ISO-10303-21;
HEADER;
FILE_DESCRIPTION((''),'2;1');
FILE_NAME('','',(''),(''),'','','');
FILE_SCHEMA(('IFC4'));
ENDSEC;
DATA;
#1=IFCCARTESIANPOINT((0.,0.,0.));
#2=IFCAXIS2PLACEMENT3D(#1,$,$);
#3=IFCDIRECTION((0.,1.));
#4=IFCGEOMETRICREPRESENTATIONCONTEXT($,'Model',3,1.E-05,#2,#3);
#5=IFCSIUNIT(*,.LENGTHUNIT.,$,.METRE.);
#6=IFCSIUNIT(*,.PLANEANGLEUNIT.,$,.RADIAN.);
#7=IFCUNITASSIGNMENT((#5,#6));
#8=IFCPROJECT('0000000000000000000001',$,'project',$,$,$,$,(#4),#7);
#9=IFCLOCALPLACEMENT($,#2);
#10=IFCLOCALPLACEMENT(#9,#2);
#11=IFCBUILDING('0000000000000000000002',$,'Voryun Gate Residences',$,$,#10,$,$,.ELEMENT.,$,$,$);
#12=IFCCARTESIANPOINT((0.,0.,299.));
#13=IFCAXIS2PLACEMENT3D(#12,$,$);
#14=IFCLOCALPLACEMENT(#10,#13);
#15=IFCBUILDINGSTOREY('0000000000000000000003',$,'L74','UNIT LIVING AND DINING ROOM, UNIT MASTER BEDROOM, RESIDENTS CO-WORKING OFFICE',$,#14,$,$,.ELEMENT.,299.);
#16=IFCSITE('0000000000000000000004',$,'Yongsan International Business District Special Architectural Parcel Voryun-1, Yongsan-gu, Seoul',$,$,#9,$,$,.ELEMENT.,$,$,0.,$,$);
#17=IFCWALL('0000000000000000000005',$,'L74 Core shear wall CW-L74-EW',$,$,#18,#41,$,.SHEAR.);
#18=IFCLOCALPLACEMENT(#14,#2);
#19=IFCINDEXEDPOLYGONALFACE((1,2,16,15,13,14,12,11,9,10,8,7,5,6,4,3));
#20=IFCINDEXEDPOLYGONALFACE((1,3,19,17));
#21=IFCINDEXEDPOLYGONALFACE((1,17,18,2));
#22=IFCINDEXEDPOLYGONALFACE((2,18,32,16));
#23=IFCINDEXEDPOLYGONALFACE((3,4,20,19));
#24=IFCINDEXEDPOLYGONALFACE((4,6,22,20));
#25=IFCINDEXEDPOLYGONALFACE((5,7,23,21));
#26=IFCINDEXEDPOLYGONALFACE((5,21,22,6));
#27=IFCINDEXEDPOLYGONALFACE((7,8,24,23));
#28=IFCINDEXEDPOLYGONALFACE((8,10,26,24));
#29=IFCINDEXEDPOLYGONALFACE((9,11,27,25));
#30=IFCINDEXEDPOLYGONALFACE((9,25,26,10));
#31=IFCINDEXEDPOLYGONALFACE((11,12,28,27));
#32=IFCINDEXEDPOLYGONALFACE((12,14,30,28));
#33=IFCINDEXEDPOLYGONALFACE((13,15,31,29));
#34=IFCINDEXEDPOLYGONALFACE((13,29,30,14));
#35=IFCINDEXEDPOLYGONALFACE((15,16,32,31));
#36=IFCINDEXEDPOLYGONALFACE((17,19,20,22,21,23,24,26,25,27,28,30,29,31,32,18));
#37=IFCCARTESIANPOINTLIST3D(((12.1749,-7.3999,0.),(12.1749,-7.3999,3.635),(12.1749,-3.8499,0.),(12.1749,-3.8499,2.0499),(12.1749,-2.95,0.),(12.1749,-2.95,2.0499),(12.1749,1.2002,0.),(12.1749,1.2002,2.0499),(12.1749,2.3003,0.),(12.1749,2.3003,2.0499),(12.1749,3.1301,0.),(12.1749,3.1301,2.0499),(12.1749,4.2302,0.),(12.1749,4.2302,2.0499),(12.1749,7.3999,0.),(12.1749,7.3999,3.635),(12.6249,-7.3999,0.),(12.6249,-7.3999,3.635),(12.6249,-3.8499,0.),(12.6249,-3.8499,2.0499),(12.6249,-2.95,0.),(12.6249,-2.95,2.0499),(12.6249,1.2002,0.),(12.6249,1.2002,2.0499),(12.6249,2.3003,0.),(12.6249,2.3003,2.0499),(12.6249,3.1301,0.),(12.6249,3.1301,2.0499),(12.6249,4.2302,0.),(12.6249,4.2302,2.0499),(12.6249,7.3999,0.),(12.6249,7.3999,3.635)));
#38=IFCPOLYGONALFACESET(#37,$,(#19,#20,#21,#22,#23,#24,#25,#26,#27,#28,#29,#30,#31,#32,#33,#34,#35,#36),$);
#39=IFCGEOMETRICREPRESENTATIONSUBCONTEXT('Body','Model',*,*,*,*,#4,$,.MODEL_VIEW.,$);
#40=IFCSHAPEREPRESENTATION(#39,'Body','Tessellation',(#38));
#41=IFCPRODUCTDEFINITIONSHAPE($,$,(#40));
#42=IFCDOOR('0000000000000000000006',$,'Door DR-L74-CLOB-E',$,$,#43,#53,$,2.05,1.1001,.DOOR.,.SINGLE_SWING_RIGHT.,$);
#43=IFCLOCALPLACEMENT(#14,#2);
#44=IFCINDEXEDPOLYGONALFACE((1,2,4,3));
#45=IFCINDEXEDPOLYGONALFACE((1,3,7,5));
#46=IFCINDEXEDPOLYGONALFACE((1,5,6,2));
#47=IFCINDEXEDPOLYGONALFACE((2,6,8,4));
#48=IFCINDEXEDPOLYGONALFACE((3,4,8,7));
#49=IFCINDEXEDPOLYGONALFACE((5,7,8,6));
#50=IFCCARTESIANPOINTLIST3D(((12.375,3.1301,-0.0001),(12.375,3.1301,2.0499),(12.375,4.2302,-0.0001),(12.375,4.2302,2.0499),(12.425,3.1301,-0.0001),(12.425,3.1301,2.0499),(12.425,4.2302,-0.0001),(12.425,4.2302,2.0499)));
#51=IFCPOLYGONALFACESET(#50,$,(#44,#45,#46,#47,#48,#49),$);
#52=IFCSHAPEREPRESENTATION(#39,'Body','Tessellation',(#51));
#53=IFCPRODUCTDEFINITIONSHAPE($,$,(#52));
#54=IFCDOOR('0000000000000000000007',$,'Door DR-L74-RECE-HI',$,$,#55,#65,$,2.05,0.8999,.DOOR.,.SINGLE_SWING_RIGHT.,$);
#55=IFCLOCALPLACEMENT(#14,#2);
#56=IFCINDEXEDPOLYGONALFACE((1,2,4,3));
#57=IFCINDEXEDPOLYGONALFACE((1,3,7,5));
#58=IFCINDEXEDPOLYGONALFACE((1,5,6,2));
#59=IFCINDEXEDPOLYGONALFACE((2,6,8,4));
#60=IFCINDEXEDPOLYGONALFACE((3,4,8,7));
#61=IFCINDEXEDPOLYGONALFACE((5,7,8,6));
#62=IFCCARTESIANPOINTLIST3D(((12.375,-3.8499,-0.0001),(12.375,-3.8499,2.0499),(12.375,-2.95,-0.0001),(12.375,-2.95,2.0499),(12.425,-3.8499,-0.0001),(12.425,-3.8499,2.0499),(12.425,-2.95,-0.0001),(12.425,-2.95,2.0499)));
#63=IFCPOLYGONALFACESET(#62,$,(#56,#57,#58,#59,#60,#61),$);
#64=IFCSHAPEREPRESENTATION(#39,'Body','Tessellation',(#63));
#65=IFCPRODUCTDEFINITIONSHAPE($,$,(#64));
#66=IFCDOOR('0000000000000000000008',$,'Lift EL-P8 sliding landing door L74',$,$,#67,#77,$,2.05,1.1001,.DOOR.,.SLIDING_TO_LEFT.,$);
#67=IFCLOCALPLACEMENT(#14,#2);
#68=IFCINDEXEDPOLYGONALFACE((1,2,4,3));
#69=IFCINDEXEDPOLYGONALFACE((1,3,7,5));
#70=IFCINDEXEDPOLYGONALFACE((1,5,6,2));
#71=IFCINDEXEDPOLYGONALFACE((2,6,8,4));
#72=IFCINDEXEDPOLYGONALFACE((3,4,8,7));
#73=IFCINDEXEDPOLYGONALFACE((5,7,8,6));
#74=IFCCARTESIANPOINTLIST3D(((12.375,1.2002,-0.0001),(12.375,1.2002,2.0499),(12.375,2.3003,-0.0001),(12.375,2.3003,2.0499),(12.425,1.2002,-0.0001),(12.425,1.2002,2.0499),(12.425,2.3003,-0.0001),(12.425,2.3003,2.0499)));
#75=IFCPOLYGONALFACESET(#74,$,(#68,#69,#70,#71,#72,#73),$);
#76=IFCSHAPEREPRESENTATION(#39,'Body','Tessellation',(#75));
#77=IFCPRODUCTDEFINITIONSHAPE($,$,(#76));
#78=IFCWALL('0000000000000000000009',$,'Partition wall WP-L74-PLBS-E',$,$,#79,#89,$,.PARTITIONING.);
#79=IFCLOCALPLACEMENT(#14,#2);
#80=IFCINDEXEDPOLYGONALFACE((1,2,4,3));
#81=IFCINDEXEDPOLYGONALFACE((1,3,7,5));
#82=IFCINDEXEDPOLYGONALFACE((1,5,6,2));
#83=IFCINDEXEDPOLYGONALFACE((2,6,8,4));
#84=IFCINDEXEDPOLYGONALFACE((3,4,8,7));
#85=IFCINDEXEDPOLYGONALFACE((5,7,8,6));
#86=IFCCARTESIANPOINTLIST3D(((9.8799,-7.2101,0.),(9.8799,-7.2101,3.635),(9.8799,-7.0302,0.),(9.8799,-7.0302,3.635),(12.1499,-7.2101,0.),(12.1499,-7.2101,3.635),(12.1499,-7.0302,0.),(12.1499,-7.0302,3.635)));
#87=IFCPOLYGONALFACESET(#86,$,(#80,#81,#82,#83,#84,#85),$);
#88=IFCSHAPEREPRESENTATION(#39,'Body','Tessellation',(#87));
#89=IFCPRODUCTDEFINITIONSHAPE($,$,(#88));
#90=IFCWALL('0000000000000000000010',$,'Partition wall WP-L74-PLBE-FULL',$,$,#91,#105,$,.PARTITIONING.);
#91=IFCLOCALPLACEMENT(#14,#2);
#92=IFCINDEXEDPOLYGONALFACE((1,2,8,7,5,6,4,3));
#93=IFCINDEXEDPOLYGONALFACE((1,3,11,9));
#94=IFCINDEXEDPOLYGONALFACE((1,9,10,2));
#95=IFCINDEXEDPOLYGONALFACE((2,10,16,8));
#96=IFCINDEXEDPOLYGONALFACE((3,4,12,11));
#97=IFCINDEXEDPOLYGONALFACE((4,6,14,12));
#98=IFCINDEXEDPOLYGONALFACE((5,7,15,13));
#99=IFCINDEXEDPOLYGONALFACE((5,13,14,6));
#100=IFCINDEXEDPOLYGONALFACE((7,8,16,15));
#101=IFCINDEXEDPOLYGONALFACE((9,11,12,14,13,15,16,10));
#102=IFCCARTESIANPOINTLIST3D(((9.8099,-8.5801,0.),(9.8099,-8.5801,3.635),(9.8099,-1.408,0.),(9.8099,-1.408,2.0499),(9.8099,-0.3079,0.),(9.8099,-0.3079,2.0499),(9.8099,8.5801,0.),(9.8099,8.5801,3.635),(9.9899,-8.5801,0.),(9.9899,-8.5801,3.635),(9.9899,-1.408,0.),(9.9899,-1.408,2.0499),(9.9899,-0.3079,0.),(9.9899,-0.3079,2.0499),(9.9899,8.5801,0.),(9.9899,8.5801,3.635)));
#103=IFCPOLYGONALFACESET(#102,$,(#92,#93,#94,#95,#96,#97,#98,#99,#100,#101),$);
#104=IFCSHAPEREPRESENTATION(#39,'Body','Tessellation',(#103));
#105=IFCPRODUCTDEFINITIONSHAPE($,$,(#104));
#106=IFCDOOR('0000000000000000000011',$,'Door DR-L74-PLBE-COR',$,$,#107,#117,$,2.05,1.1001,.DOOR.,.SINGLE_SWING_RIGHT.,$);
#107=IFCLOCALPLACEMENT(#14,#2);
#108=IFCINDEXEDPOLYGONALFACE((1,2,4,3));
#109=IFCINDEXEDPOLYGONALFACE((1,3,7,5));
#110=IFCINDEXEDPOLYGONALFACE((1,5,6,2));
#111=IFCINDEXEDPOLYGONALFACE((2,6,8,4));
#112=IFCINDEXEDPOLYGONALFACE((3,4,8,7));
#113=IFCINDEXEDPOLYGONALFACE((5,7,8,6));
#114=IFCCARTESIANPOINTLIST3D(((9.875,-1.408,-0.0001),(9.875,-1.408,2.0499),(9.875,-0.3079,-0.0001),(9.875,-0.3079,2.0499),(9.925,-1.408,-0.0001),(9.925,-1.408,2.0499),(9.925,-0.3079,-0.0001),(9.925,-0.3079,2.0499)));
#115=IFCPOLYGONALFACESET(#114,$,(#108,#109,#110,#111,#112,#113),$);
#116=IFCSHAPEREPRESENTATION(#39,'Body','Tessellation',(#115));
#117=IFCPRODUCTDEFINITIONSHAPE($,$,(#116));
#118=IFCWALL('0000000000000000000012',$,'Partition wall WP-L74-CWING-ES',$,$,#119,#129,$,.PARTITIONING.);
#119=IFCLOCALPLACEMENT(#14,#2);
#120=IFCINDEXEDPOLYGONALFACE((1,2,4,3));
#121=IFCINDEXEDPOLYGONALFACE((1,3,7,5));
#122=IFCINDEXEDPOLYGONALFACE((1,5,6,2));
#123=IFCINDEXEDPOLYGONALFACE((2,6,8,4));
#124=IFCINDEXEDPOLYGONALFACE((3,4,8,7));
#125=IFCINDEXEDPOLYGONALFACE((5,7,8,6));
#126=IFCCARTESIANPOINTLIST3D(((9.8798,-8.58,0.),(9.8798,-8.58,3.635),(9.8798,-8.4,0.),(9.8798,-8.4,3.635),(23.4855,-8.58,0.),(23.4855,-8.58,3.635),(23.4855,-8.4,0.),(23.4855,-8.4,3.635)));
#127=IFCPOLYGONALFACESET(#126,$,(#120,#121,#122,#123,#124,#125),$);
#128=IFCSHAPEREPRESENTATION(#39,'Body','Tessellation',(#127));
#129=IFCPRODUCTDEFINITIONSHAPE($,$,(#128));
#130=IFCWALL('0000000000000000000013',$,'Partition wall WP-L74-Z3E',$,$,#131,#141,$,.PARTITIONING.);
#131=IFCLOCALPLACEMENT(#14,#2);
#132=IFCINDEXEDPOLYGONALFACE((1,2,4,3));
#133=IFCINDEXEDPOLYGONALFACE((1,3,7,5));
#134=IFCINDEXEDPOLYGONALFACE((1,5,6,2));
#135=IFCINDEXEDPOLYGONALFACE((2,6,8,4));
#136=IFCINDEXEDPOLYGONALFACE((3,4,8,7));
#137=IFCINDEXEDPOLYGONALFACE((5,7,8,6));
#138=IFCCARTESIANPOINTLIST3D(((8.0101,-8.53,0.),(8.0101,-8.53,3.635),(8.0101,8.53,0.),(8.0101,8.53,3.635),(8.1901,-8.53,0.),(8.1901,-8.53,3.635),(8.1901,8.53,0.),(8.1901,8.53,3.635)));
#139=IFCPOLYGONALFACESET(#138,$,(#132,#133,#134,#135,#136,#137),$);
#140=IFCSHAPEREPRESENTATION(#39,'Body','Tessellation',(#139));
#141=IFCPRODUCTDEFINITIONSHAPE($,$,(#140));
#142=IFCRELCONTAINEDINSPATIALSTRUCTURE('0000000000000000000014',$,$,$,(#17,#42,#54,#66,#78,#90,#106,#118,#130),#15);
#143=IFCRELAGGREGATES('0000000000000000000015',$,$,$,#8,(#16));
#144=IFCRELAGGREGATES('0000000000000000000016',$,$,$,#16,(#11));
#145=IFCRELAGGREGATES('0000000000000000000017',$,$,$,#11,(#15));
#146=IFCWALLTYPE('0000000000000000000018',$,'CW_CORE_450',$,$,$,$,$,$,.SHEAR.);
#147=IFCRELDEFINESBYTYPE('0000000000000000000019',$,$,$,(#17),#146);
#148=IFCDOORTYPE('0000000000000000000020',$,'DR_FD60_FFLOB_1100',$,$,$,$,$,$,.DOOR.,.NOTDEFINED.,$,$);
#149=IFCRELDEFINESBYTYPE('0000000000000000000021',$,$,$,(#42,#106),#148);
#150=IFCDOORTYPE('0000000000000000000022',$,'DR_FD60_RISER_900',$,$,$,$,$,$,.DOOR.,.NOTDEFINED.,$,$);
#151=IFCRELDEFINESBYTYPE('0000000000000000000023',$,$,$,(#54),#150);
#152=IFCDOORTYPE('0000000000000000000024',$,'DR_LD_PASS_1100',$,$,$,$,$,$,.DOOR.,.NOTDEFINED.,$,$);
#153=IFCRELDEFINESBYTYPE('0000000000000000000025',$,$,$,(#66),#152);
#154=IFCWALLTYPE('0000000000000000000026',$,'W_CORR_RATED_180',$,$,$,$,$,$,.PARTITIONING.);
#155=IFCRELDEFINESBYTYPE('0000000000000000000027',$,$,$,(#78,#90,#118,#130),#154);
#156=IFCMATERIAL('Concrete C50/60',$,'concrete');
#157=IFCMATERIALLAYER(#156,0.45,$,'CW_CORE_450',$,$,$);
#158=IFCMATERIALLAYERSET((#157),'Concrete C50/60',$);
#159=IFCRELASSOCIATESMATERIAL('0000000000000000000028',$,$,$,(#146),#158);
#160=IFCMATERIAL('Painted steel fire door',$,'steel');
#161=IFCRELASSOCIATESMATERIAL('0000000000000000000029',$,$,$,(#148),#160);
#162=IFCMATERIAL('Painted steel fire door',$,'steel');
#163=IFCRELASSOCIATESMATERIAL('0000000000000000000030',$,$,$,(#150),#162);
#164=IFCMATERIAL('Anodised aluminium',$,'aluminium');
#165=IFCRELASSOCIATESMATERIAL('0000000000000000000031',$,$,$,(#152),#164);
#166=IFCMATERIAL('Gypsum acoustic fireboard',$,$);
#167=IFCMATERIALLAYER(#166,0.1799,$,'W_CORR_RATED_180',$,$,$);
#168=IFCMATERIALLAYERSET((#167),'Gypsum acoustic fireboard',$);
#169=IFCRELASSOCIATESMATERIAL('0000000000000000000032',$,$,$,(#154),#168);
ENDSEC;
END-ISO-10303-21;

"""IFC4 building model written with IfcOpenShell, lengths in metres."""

from ifc_helpers import new_model, si_unit, direction, frame, frame_2d, origin, place, context, subcontext, project, spatial, rectangle, extrude, material, layer, layer_set, type_object, element, fill, save


model = new_model("IFC4")

# Units and contexts
model_context = context("Model", 3, precision=1e-05, world=origin(), true_north=direction((0.0, 1.0)))
body_context = subcontext(model_context, "Body", "Model", "MODEL_VIEW")
ifc_project = project(units=[si_unit("LENGTHUNIT", "METRE"), si_unit("PLANEANGLEUNIT", "RADIAN")], contexts=[model_context])

# Site, building, storey
site_placement = place(None, origin())
site = spatial("IfcSite", under=ifc_project, at=site_placement, Name="Yongsan International Business District Special Architectural Parcel Voryun-1, Yongsan-gu, Seoul", CompositionType="ELEMENT", RefElevation=0.0)
building_placement = place(site_placement, origin())
building = spatial("IfcBuilding", under=site, at=building_placement, Name="Voryun Gate Residences", CompositionType="ELEMENT")
storey_placement = place(building_placement, frame((0.0, 0.0, 299.0)))
storey = spatial("IfcBuildingStorey", under=building, at=storey_placement, Name="L74", Description="UNIT LIVING AND DINING ROOM, UNIT MASTER BEDROOM, RESIDENTS CO-WORKING OFFICE", CompositionType="ELEMENT", Elevation=299.0)

# Shared definitions
ifc_material_1 = material(Name="Concrete C50/60", Category="concrete")
ifc_layer_1 = layer(ifc_material_1, 0.45, Name="CW_CORE_450")
ifc_layer_set_1 = layer_set([ifc_layer_1], Name="Concrete C50/60")
wall_type_1 = type_object("IfcWallType", Name="CW_CORE_450", PredefinedType="SHEAR", material=ifc_layer_set_1)

# Wall, openings, doors
wall_1_placement = place(storey_placement, frame((12.3999, -7.3999, 0.0), z_axis=(0.0, 0.0, 1.0), x_axis=(0.0, 1.0, 0.0)))
wall_1 = element("IfcWall", 1, at=wall_1_placement, inside=storey, type_object=wall_type_1, Name="L74 Core shear wall CW-L74-EW", PredefinedType="SHEAR", context=body_context, shape_type="SweptSolid", body=[
    extrude(rectangle(XDim=14.7998, YDim=0.45, at=frame_2d((7.3999, 0.0))), origin(), (0.0, 0.0, 1.0), 3.635),
])
opening_1_placement = place(wall_1_placement, frame((8.6001, 0.0, 0.0)))
opening_1 = element("IfcOpeningElement", 2, at=opening_1_placement, cuts=wall_1, PredefinedType="OPENING", context=body_context, shape_type="SweptSolid", body=[
    extrude(rectangle(XDim=1.1001, YDim=2.05, at=frame_2d((0.55, 1.0249))), frame((0.0, 0.2351, 0.0), z_axis=(0.0, -1.0, 0.0), x_axis=(1.0, 0.0, 0.0)), (0.0, 0.0, 1.0), 0.47),
])
opening_2_placement = place(wall_1_placement, frame((10.53, 0.0, 0.0)))
opening_2 = element("IfcOpeningElement", 3, at=opening_2_placement, cuts=wall_1, PredefinedType="OPENING", context=body_context, shape_type="SweptSolid", body=[
    extrude(rectangle(XDim=1.1001, YDim=2.05, at=frame_2d((0.55, 1.0249))), frame((0.0, 0.2351, 0.0), z_axis=(0.0, -1.0, 0.0), x_axis=(1.0, 0.0, 0.0)), (0.0, 0.0, 1.0), 0.47),
])
opening_3_placement = place(wall_1_placement, frame((3.55, 0.0, 0.0)))
opening_3 = element("IfcOpeningElement", 4, at=opening_3_placement, cuts=wall_1, PredefinedType="OPENING", context=body_context, shape_type="SweptSolid", body=[
    extrude(rectangle(XDim=0.8999, YDim=2.05, at=frame_2d((0.45, 1.0249))), frame((0.0, 0.2351, 0.0), z_axis=(0.0, -1.0, 0.0), x_axis=(1.0, 0.0, 0.0)), (0.0, 0.0, 1.0), 0.47),
])
ifc_material_2 = material(Name="Painted steel fire door", Category="steel")
door_type_1 = type_object("IfcDoorType", Name="DR_FD60_FFLOB_1100", OperationType="NOTDEFINED", PredefinedType="DOOR", material=ifc_material_2)
door_1_placement = place(opening_2_placement, origin())
door_1 = element("IfcDoor", 5, at=door_1_placement, inside=storey, type_object=door_type_1, Name="Door DR-L74-CLOB-E", OperationType="SINGLE_SWING_RIGHT", OverallHeight=2.05, OverallWidth=1.1001, PredefinedType="DOOR", context=body_context, shape_type="SweptSolid", body=[
    extrude(rectangle(XDim=1.1001, YDim=2.05, at=frame_2d((0.55, 1.0249))), frame((0.0, 0.0249, 0.0), z_axis=(0.0, -1.0, 0.0), x_axis=(1.0, 0.0, 0.0)), (0.0, 0.0, 1.0), 0.05),
])
fill(opening_2, door_1)
ifc_material_3 = material(Name="Painted steel fire door", Category="steel")
door_type_2 = type_object("IfcDoorType", Name="DR_FD60_RISER_900", OperationType="NOTDEFINED", PredefinedType="DOOR", material=ifc_material_3)
door_2_placement = place(opening_3_placement, origin())
door_2 = element("IfcDoor", 6, at=door_2_placement, inside=storey, type_object=door_type_2, Name="Door DR-L74-RECE-HI", OperationType="SINGLE_SWING_RIGHT", OverallHeight=2.05, OverallWidth=0.8999, PredefinedType="DOOR", context=body_context, shape_type="SweptSolid", body=[
    extrude(rectangle(XDim=0.8999, YDim=2.05, at=frame_2d((0.45, 1.0249))), frame((0.0, 0.0249, 0.0), z_axis=(0.0, -1.0, 0.0), x_axis=(1.0, 0.0, 0.0)), (0.0, 0.0, 1.0), 0.05),
])
fill(opening_3, door_2)
ifc_material_4 = material(Name="Anodised aluminium", Category="aluminium")
door_type_3 = type_object("IfcDoorType", Name="DR_LD_PASS_1100", OperationType="NOTDEFINED", PredefinedType="DOOR", material=ifc_material_4)
door_3_placement = place(opening_1_placement, origin())
door_3 = element("IfcDoor", 7, at=door_3_placement, inside=storey, type_object=door_type_3, Name="Lift EL-P8 sliding landing door L74", OperationType="SLIDING_TO_LEFT", OverallHeight=2.05, OverallWidth=1.1001, PredefinedType="DOOR", context=body_context, shape_type="SweptSolid", body=[
    extrude(rectangle(XDim=1.1001, YDim=2.05, at=frame_2d((0.55, 1.0249))), frame((0.0, 0.0249, 0.0), z_axis=(0.0, -1.0, 0.0), x_axis=(1.0, 0.0, 0.0)), (0.0, 0.0, 1.0), 0.05),
])
fill(opening_1, door_3)

# Wall
ifc_material_5 = material(Name="Gypsum acoustic fireboard")
ifc_layer_2 = layer(ifc_material_5, 0.1799, Name="W_CORR_RATED_180")
ifc_layer_set_2 = layer_set([ifc_layer_2], Name="Gypsum acoustic fireboard")
wall_type_2 = type_object("IfcWallType", Name="W_CORR_RATED_180", PredefinedType="PARTITIONING", material=ifc_layer_set_2)
wall_2_placement = place(storey_placement, frame((9.8799, -7.1201, 0.0), z_axis=(0.0, 0.0, 1.0), x_axis=(1.0, 0.0, 0.0)))
element("IfcWall", 8, at=wall_2_placement, inside=storey, type_object=wall_type_2, Name="Partition wall WP-L74-PLBS-E", PredefinedType="PARTITIONING", context=body_context, shape_type="SweptSolid", body=[
    extrude(rectangle(XDim=2.27, YDim=0.1799, at=frame_2d((1.135, 0.0))), origin(), (0.0, 0.0, 1.0), 3.635),
])

# Wall, opening, door
wall_3_placement = place(storey_placement, frame((9.8999, -8.5801, 0.0), z_axis=(0.0, 0.0, 1.0), x_axis=(0.0, 1.0, 0.0)))
wall_3 = element("IfcWall", 9, at=wall_3_placement, inside=storey, type_object=wall_type_2, Name="Partition wall WP-L74-PLBE-FULL", PredefinedType="PARTITIONING", context=body_context, shape_type="SweptSolid", body=[
    extrude(rectangle(XDim=17.1602, YDim=0.1799, at=frame_2d((8.5801, 0.0))), origin(), (0.0, 0.0, 1.0), 3.635),
])
opening_4_placement = place(wall_3_placement, frame((7.1721, 0.0, 0.0)))
opening_4 = element("IfcOpeningElement", 10, at=opening_4_placement, cuts=wall_3, PredefinedType="OPENING", context=body_context, shape_type="SweptSolid", body=[
    extrude(rectangle(XDim=1.1001, YDim=2.05, at=frame_2d((0.55, 1.0249))), frame((0.0, 0.0999, 0.0), z_axis=(0.0, -1.0, 0.0), x_axis=(1.0, 0.0, 0.0)), (0.0, 0.0, 1.0), 0.2),
])
door_4_placement = place(opening_4_placement, origin())
door_4 = element("IfcDoor", 11, at=door_4_placement, inside=storey, type_object=door_type_1, Name="Door DR-L74-PLBE-COR", OperationType="SINGLE_SWING_RIGHT", OverallHeight=2.05, OverallWidth=1.1001, PredefinedType="DOOR", context=body_context, shape_type="SweptSolid", body=[
    extrude(rectangle(XDim=1.1001, YDim=2.05, at=frame_2d((0.55, 1.0249))), frame((0.0, 0.0249, 0.0), z_axis=(0.0, -1.0, 0.0), x_axis=(1.0, 0.0, 0.0)), (0.0, 0.0, 1.0), 0.05),
])
fill(opening_4, door_4)

# Walls
wall_4_placement = place(storey_placement, frame((9.8799, -8.49, 0.0), z_axis=(0.0, 0.0, 1.0), x_axis=(1.0, 0.0, 0.0)))
element("IfcWall", 12, at=wall_4_placement, inside=storey, type_object=wall_type_2, Name="Partition wall WP-L74-CWING-ES", PredefinedType="PARTITIONING", context=body_context, shape_type="SweptSolid", body=[
    extrude(rectangle(XDim=13.6057, YDim=0.1799, at=frame_2d((6.8027, 0.0))), origin(), (0.0, 0.0, 1.0), 3.635),
])
wall_5_placement = place(storey_placement, frame((8.1001, -8.53, 0.0), z_axis=(0.0, 0.0, 1.0), x_axis=(0.0, 1.0, 0.0)))
element("IfcWall", 13, at=wall_5_placement, inside=storey, type_object=wall_type_2, Name="Partition wall WP-L74-Z3E", PredefinedType="PARTITIONING", context=body_context, shape_type="SweptSolid", body=[
    extrude(rectangle(XDim=17.0601, YDim=0.1799, at=frame_2d((8.53, 0.0))), origin(), (0.0, 0.0, 1.0), 3.635),
])

save(model, "model.ifc")
